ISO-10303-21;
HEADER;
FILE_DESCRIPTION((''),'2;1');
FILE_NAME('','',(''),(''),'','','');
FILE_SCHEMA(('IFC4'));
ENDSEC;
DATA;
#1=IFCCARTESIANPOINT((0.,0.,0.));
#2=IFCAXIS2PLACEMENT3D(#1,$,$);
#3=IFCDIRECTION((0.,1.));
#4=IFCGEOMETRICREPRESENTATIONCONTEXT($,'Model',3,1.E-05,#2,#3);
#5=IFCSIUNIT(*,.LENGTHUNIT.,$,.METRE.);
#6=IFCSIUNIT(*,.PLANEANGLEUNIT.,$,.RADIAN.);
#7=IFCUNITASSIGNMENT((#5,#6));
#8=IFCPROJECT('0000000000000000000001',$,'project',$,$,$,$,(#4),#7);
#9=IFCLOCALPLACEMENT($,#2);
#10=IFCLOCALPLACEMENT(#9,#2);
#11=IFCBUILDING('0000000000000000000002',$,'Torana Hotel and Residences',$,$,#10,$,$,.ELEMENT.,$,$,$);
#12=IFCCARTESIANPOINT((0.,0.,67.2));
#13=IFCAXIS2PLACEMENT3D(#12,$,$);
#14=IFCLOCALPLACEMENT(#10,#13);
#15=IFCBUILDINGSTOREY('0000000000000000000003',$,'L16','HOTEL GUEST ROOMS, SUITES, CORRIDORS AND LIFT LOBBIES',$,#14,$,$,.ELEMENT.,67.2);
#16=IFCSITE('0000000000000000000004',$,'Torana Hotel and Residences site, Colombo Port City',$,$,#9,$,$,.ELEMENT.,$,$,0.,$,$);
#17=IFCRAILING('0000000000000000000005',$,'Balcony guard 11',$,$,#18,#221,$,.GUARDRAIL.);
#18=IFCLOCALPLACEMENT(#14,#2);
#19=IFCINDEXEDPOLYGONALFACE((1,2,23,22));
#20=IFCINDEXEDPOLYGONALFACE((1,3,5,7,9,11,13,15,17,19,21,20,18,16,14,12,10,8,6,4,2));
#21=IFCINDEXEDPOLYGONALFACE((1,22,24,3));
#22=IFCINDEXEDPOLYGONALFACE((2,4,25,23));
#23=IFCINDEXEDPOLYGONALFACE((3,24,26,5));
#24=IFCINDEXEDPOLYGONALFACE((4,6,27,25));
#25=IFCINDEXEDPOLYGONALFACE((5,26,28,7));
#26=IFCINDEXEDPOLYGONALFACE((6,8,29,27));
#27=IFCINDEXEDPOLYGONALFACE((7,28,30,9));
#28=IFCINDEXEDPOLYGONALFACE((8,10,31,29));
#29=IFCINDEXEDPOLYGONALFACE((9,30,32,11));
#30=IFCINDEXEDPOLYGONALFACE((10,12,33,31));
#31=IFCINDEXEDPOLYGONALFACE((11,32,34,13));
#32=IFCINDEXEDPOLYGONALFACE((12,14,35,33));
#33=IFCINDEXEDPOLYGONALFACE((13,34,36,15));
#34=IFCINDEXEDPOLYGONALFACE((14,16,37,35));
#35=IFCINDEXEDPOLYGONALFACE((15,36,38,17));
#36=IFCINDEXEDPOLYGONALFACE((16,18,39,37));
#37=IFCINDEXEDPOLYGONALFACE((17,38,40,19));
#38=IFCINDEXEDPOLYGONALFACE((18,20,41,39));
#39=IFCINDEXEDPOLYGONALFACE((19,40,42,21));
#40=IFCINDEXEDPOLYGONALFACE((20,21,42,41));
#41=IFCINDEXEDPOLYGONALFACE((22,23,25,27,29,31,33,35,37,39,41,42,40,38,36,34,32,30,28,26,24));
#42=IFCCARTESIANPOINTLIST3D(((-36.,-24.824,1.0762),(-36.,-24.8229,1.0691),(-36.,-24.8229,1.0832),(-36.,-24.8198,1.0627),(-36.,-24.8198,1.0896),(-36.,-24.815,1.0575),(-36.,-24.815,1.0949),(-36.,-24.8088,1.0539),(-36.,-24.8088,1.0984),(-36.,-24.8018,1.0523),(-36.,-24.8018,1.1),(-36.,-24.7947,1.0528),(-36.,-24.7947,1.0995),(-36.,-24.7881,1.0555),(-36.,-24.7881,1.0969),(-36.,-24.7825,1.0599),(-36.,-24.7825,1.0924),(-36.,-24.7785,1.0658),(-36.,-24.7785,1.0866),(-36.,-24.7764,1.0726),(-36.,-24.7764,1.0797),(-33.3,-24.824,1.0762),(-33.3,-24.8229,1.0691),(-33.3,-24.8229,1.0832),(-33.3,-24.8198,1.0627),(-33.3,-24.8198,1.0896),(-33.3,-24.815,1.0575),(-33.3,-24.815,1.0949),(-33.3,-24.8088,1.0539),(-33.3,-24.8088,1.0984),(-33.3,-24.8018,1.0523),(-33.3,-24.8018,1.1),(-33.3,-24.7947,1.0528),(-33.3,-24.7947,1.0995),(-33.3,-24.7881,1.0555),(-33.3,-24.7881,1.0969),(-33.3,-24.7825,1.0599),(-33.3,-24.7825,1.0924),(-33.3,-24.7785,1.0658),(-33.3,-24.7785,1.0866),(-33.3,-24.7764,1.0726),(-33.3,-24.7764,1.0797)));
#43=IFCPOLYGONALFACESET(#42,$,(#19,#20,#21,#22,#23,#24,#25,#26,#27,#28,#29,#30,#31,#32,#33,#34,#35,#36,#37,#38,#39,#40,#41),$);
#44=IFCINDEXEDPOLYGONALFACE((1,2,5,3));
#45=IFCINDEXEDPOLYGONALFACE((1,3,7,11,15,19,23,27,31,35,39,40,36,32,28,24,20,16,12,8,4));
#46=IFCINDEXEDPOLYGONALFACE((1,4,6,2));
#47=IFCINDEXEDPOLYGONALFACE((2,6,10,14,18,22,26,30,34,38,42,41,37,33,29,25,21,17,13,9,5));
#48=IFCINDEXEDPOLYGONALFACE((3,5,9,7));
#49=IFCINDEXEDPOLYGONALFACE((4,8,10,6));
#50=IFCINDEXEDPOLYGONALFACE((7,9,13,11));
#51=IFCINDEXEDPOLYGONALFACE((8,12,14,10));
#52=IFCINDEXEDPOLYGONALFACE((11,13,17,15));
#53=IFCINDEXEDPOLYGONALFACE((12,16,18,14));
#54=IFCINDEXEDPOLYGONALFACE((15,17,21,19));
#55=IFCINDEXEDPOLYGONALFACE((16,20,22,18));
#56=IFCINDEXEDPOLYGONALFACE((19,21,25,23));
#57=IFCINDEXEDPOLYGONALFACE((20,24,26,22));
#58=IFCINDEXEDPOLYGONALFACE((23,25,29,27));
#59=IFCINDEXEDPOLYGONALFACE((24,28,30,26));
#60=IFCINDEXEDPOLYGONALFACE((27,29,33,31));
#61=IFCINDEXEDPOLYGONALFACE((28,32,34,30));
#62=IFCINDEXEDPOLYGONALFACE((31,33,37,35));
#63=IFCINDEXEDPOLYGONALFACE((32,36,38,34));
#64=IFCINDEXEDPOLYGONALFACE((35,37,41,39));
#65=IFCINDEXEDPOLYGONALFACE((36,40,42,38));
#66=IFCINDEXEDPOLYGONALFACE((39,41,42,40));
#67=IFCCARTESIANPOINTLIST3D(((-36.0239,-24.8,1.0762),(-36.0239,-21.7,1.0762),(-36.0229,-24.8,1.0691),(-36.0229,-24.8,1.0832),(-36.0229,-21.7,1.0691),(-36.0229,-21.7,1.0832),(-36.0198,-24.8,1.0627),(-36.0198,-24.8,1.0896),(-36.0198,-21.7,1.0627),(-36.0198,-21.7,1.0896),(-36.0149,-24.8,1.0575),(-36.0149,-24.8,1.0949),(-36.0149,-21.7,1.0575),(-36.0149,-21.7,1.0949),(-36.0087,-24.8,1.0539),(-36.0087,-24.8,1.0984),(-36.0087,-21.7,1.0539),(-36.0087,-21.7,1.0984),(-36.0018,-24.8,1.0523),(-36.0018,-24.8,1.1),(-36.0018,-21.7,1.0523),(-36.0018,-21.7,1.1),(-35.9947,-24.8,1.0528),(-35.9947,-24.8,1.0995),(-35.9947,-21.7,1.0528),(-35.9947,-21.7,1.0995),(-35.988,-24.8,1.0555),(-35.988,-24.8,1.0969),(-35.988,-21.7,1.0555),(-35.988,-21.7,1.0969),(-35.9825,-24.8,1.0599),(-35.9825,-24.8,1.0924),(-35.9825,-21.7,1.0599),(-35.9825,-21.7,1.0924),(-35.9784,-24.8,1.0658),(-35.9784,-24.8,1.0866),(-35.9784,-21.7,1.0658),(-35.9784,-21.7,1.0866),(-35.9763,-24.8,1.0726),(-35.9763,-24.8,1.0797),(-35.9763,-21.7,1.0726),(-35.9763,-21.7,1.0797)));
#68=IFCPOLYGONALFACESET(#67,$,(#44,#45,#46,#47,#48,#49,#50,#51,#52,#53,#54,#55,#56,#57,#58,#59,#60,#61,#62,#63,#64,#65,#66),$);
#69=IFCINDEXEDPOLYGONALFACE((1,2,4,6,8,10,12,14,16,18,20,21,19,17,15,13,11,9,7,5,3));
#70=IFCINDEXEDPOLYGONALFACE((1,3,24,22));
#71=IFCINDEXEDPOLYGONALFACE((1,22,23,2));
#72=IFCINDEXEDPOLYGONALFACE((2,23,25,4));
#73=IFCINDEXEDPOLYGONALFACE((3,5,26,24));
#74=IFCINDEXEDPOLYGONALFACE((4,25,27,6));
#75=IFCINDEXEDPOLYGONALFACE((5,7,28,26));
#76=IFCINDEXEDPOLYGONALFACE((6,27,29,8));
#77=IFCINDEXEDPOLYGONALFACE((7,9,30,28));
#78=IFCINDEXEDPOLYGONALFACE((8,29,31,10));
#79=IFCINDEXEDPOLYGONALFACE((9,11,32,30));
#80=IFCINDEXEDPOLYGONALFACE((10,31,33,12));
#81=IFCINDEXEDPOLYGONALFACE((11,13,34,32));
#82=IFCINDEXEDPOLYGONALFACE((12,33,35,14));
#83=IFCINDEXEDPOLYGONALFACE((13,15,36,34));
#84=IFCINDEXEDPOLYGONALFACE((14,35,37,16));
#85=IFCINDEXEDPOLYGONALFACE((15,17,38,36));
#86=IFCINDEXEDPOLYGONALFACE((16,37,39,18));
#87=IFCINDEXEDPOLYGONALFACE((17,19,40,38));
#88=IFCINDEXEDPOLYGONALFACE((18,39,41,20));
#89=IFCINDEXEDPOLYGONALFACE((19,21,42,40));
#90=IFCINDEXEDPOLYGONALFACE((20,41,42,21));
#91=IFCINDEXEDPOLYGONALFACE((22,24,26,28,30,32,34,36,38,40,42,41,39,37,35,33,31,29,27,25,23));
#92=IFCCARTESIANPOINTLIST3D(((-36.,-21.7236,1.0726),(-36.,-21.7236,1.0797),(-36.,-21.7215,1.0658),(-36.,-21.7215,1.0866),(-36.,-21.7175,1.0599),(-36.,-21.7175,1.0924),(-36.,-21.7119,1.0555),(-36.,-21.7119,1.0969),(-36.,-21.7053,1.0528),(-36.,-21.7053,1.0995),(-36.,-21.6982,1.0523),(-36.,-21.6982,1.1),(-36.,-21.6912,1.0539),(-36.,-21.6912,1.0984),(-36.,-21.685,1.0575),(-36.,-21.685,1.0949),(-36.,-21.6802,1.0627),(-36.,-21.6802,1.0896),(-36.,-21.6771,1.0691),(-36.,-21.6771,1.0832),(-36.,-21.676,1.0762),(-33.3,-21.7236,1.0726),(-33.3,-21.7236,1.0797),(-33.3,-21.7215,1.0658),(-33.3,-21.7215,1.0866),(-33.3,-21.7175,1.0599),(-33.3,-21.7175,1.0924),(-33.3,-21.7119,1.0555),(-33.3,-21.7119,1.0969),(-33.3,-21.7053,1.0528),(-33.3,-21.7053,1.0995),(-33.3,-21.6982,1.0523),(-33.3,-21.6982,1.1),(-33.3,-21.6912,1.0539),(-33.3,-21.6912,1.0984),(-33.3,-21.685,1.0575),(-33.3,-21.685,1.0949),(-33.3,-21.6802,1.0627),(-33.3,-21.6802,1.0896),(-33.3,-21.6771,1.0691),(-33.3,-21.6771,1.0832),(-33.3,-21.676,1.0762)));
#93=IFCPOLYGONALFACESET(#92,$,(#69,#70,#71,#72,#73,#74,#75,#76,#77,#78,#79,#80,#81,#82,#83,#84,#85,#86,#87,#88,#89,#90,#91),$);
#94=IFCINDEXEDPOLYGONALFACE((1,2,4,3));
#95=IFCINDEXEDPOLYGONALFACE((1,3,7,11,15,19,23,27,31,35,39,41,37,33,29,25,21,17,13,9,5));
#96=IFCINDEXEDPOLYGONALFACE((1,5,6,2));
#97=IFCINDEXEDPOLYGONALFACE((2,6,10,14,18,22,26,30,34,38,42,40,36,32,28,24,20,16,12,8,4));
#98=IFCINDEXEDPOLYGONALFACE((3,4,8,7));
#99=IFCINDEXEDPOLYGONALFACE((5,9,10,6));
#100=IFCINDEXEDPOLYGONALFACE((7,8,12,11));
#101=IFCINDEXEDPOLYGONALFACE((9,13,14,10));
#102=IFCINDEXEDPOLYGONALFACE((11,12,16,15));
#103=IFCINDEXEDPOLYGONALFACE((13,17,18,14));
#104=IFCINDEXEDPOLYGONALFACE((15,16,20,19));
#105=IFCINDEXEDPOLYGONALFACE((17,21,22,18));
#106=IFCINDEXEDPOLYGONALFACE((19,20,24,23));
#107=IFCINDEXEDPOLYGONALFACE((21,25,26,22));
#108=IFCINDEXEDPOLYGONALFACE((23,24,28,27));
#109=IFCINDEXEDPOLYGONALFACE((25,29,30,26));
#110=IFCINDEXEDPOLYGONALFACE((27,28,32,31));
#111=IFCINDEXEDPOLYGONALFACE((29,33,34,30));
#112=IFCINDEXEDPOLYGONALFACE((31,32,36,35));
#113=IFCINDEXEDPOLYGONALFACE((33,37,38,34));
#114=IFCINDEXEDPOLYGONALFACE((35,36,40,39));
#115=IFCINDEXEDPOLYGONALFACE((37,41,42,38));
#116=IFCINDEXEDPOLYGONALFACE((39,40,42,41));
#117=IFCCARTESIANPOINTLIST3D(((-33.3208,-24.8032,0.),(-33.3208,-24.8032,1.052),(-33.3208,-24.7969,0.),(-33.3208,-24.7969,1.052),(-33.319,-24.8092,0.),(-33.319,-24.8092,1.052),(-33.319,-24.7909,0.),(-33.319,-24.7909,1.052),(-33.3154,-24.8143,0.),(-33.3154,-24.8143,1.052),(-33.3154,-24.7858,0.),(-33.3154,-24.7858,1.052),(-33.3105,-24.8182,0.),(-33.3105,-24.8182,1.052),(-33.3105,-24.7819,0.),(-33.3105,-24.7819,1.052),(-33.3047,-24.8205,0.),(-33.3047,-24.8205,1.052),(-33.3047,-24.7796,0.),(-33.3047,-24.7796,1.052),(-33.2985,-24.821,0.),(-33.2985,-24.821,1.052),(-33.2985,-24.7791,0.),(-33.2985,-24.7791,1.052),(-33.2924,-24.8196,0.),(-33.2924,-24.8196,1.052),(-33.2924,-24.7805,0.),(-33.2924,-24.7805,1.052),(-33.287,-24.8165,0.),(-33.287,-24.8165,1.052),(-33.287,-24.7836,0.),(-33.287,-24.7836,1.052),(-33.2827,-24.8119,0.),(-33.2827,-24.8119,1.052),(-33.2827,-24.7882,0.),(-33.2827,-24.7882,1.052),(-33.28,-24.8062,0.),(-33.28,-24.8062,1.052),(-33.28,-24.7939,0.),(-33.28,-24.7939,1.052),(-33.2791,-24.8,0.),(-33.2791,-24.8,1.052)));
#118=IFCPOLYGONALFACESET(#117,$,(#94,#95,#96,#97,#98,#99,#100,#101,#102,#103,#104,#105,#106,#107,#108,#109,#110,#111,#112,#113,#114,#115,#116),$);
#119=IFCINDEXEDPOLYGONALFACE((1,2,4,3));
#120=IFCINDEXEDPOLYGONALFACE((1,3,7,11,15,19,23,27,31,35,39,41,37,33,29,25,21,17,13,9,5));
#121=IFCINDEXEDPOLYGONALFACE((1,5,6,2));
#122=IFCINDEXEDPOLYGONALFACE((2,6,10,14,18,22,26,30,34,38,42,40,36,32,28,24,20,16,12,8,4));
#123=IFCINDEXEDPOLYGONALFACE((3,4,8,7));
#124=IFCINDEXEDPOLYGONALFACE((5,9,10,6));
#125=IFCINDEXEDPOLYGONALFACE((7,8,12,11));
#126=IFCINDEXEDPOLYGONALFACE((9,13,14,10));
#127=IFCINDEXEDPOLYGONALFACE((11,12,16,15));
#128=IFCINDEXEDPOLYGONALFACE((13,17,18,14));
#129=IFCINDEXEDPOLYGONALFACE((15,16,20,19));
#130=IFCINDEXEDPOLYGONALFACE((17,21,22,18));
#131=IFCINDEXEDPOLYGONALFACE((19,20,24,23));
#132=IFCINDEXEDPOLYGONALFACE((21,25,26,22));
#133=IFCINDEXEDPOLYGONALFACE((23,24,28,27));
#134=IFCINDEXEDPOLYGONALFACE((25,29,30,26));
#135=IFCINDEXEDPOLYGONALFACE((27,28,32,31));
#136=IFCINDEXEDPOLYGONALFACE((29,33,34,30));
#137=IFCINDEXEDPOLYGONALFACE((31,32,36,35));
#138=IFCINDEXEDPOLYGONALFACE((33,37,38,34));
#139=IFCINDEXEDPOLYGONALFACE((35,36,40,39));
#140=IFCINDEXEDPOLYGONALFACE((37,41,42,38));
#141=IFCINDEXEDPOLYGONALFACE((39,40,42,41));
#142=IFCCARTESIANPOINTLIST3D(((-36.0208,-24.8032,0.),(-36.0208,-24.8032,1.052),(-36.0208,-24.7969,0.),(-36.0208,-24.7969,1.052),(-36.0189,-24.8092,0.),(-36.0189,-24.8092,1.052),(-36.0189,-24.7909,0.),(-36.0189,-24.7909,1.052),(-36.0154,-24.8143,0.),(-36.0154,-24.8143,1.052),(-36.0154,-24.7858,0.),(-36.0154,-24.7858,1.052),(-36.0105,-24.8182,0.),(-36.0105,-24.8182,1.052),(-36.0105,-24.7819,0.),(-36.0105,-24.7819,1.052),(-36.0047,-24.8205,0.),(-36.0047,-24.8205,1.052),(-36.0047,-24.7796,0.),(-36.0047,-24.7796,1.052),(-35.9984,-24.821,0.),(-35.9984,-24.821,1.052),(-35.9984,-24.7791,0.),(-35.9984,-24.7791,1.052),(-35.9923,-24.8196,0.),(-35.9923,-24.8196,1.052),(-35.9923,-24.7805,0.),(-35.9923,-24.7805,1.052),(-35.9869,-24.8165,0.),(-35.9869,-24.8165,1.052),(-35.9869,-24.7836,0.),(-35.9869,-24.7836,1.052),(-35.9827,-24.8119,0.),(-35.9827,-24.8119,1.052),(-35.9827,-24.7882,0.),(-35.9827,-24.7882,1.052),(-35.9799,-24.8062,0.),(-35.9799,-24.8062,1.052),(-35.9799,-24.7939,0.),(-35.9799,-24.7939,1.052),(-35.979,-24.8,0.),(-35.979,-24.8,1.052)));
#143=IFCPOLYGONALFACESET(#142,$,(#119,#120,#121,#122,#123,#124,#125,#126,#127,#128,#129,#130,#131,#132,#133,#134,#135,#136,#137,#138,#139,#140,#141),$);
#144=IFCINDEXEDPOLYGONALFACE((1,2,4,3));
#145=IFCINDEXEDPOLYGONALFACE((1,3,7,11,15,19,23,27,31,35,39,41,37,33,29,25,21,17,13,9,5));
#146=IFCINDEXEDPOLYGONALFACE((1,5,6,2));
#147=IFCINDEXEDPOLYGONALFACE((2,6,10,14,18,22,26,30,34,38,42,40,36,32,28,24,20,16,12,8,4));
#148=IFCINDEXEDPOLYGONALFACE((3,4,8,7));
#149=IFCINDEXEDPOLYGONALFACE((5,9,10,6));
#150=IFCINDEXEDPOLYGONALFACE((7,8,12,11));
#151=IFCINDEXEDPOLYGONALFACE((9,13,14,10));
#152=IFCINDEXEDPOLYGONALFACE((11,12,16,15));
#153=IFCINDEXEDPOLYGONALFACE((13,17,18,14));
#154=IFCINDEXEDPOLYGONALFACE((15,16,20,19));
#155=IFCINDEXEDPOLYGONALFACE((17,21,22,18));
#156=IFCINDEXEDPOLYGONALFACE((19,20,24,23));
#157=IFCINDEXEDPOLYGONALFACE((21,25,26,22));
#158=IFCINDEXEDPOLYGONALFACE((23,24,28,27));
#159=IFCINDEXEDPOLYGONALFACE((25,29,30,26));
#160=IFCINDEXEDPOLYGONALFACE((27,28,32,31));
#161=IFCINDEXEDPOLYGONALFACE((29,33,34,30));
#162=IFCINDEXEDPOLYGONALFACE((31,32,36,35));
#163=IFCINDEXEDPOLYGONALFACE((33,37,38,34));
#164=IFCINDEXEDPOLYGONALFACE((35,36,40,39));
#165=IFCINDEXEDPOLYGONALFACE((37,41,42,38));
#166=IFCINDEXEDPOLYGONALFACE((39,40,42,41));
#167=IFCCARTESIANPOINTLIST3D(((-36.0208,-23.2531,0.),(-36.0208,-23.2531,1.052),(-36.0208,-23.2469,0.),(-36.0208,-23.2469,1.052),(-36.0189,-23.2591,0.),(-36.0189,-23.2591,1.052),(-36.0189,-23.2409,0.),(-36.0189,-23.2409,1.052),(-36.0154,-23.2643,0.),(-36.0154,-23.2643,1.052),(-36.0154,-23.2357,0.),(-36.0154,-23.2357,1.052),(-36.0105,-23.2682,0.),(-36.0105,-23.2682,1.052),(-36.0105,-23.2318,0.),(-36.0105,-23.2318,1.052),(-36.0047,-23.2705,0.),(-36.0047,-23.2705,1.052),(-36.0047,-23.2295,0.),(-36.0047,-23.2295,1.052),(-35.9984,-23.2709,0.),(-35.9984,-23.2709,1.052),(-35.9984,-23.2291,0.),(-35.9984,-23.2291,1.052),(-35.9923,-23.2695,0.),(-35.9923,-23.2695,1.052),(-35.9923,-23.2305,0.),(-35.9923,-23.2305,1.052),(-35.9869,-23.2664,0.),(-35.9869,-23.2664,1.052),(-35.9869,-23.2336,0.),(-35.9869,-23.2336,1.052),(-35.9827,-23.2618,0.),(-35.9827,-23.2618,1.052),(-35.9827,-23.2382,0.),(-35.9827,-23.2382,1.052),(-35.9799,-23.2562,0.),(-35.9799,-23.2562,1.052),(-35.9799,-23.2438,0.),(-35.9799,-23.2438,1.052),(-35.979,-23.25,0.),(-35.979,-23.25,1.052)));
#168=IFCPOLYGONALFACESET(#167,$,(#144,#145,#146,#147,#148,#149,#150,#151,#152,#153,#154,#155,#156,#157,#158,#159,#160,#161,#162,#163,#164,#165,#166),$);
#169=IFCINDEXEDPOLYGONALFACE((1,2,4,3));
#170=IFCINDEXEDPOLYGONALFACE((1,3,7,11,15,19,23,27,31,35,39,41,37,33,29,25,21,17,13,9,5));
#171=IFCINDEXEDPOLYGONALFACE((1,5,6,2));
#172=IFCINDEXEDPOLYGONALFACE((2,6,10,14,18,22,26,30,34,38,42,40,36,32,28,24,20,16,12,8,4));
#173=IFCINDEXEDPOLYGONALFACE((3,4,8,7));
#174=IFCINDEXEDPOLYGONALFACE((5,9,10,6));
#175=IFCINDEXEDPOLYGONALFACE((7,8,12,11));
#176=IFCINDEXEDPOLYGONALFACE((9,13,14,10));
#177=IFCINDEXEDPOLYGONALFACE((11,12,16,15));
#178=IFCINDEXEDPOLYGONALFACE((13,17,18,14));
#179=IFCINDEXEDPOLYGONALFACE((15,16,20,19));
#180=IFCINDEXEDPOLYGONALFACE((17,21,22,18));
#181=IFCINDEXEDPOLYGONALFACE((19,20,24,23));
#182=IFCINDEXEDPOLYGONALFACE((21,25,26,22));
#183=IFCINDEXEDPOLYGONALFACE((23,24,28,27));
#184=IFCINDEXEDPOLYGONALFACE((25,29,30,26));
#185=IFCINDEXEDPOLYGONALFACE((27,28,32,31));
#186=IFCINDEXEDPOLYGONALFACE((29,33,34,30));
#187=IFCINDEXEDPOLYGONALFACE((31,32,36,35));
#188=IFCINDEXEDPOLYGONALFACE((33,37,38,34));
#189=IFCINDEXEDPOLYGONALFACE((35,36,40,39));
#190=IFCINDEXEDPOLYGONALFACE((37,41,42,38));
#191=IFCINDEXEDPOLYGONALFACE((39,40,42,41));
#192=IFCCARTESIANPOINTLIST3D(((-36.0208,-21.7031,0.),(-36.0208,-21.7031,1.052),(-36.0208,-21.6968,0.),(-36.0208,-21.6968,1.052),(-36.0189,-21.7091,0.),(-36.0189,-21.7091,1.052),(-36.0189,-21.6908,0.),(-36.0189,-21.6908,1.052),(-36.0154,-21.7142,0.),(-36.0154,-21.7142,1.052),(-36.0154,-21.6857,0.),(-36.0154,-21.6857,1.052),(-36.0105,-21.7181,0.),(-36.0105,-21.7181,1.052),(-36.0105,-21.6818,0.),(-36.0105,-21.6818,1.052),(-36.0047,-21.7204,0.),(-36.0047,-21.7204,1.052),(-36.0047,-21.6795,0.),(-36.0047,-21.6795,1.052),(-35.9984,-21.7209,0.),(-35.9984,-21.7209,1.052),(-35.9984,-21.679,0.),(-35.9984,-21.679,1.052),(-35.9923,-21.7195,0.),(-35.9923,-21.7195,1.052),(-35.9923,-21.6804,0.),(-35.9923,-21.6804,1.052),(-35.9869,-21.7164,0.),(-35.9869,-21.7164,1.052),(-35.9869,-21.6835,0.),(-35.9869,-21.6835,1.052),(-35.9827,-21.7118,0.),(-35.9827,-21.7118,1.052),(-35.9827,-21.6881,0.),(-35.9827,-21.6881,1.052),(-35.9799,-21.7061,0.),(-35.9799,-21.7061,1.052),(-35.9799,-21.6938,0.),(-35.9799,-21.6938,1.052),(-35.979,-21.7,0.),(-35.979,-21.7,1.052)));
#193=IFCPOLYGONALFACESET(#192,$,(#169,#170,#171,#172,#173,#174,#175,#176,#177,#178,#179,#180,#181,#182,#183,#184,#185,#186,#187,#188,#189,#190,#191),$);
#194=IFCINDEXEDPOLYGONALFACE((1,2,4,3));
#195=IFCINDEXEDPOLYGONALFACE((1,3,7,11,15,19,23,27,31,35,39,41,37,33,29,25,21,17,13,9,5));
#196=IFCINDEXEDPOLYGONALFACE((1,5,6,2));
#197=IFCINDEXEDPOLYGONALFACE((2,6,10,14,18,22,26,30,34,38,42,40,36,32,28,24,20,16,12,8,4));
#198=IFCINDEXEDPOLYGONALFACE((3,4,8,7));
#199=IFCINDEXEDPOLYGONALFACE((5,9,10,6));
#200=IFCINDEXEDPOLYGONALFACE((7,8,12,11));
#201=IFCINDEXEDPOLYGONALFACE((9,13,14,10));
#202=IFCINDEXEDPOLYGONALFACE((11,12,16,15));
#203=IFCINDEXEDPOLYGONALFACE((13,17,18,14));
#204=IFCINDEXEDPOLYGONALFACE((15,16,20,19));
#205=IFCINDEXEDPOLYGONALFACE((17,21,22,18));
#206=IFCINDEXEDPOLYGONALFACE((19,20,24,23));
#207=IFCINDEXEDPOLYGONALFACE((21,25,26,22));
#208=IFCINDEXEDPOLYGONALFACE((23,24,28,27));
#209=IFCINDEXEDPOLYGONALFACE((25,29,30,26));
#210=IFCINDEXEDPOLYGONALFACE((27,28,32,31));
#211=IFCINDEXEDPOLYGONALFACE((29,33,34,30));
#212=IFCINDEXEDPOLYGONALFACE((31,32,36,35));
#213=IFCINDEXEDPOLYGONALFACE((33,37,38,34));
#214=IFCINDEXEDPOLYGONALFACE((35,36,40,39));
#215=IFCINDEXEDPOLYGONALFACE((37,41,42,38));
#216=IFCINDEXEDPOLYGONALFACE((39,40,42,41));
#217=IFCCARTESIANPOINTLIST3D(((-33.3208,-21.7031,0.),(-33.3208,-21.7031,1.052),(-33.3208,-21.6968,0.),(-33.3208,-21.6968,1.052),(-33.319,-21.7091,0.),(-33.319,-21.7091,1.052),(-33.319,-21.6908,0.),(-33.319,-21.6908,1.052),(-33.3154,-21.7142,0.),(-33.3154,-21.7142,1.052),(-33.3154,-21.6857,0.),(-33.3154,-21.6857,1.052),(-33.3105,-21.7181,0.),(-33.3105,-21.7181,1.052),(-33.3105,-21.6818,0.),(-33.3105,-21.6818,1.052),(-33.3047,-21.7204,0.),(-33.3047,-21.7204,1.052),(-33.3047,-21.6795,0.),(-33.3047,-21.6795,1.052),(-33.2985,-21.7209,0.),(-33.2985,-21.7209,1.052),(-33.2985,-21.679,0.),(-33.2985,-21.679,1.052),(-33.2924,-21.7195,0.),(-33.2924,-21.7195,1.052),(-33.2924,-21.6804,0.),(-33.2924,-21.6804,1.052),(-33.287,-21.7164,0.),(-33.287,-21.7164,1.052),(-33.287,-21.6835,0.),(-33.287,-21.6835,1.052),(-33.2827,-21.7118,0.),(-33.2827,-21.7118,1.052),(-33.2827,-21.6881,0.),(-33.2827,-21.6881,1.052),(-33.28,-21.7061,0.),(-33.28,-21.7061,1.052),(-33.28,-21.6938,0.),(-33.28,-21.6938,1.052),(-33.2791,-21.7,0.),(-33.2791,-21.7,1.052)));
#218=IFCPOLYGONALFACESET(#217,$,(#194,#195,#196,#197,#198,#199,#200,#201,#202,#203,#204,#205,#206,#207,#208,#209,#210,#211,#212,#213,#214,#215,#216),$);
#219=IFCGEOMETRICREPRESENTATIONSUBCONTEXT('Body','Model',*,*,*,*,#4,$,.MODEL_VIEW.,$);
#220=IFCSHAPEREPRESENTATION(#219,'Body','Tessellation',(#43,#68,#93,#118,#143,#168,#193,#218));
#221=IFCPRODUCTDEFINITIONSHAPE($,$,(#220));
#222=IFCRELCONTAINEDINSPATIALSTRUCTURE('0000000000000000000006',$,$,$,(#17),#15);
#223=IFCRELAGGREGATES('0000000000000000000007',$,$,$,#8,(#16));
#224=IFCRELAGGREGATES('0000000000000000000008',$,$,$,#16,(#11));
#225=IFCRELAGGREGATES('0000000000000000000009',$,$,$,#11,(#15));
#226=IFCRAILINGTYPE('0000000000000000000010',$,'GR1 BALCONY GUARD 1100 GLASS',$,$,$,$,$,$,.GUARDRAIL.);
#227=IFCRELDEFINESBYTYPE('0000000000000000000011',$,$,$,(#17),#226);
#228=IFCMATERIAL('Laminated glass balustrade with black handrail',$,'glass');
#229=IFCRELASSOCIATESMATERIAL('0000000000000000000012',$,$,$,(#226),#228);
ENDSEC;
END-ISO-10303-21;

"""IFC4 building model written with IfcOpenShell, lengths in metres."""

from ifc_helpers import new_model, si_unit, direction, frame, origin, origin_2d, place, context, subcontext, project, spatial, circle, extrude, material, type_object, element, save


model = new_model("IFC4")

# Units and contexts
model_context = context("Model", 3, precision=1e-05, world=origin(), true_north=direction((0.0, 1.0)))
body_context = subcontext(model_context, "Body", "Model", "MODEL_VIEW")
ifc_project = project(units=[si_unit("LENGTHUNIT", "METRE"), si_unit("PLANEANGLEUNIT", "RADIAN")], contexts=[model_context])

# Site, building, storey
site_placement = place(None, origin())
site = spatial("IfcSite", under=ifc_project, at=site_placement, Name="Torana Hotel and Residences site, Colombo Port City", CompositionType="ELEMENT", RefElevation=0.0)
building_placement = place(site_placement, origin())
building = spatial("IfcBuilding", under=site, at=building_placement, Name="Torana Hotel and Residences", CompositionType="ELEMENT")
storey_placement = place(building_placement, frame((0.0, 0.0, 67.2)))
storey = spatial("IfcBuildingStorey", under=building, at=storey_placement, Name="L16", Description="HOTEL GUEST ROOMS, SUITES, CORRIDORS AND LIFT LOBBIES", CompositionType="ELEMENT", Elevation=67.2)

# Railing
ifc_material_1 = material(Name="Laminated glass balustrade with black handrail", Category="glass")
railing_type = type_object("IfcRailingType", Name="GR1 BALCONY GUARD 1100 GLASS", PredefinedType="GUARDRAIL", material=ifc_material_1)
railing_placement = place(storey_placement, frame((-33.3, -24.8, 0.0)))
element("IfcRailing", 1, at=railing_placement, inside=storey, type_object=railing_type, Name="Balcony guard 11", PredefinedType="GUARDRAIL", context=body_context, shape_type="SweptSolid", body=[
    extrude(circle(Radius=0.0239, at=origin_2d()), frame((0.0, 0.0, 1.0762), z_axis=(-1.0, 0.0, 0.0), x_axis=(0.0, -1.0, 0.0)), (0.0, 0.0, 1.0), 2.7),
    extrude(circle(Radius=0.0239, at=origin_2d()), frame((-2.7, 0.0, 1.0762), z_axis=(0.0, 1.0, 0.0), x_axis=(-1.0, 0.0, 0.0)), (0.0, 0.0, 1.0), 3.1001),
    extrude(circle(Radius=0.0239, at=origin_2d()), frame((-2.7, 3.1001, 1.0762), z_axis=(1.0, 0.0, 0.0), x_axis=(0.0, 1.0, 0.0)), (0.0, 0.0, 1.0), 2.7),
    extrude(circle(Radius=0.021, at=origin_2d()), origin(), (0.0, 0.0, 1.0), 1.052),
    extrude(circle(Radius=0.021, at=origin_2d()), frame((-2.7, 0.0, 0.0)), (0.0, 0.0, 1.0), 1.052),
    extrude(circle(Radius=0.021, at=origin_2d()), frame((-2.7, 1.55, 0.0)), (0.0, 0.0, 1.0), 1.052),
    extrude(circle(Radius=0.021, at=origin_2d()), frame((-2.7, 3.1001, 0.0)), (0.0, 0.0, 1.0), 1.052),
    extrude(circle(Radius=0.021, at=origin_2d()), frame((0.0, 3.1001, 0.0)), (0.0, 0.0, 1.0), 1.052),
])

save(model, "model.ifc")
